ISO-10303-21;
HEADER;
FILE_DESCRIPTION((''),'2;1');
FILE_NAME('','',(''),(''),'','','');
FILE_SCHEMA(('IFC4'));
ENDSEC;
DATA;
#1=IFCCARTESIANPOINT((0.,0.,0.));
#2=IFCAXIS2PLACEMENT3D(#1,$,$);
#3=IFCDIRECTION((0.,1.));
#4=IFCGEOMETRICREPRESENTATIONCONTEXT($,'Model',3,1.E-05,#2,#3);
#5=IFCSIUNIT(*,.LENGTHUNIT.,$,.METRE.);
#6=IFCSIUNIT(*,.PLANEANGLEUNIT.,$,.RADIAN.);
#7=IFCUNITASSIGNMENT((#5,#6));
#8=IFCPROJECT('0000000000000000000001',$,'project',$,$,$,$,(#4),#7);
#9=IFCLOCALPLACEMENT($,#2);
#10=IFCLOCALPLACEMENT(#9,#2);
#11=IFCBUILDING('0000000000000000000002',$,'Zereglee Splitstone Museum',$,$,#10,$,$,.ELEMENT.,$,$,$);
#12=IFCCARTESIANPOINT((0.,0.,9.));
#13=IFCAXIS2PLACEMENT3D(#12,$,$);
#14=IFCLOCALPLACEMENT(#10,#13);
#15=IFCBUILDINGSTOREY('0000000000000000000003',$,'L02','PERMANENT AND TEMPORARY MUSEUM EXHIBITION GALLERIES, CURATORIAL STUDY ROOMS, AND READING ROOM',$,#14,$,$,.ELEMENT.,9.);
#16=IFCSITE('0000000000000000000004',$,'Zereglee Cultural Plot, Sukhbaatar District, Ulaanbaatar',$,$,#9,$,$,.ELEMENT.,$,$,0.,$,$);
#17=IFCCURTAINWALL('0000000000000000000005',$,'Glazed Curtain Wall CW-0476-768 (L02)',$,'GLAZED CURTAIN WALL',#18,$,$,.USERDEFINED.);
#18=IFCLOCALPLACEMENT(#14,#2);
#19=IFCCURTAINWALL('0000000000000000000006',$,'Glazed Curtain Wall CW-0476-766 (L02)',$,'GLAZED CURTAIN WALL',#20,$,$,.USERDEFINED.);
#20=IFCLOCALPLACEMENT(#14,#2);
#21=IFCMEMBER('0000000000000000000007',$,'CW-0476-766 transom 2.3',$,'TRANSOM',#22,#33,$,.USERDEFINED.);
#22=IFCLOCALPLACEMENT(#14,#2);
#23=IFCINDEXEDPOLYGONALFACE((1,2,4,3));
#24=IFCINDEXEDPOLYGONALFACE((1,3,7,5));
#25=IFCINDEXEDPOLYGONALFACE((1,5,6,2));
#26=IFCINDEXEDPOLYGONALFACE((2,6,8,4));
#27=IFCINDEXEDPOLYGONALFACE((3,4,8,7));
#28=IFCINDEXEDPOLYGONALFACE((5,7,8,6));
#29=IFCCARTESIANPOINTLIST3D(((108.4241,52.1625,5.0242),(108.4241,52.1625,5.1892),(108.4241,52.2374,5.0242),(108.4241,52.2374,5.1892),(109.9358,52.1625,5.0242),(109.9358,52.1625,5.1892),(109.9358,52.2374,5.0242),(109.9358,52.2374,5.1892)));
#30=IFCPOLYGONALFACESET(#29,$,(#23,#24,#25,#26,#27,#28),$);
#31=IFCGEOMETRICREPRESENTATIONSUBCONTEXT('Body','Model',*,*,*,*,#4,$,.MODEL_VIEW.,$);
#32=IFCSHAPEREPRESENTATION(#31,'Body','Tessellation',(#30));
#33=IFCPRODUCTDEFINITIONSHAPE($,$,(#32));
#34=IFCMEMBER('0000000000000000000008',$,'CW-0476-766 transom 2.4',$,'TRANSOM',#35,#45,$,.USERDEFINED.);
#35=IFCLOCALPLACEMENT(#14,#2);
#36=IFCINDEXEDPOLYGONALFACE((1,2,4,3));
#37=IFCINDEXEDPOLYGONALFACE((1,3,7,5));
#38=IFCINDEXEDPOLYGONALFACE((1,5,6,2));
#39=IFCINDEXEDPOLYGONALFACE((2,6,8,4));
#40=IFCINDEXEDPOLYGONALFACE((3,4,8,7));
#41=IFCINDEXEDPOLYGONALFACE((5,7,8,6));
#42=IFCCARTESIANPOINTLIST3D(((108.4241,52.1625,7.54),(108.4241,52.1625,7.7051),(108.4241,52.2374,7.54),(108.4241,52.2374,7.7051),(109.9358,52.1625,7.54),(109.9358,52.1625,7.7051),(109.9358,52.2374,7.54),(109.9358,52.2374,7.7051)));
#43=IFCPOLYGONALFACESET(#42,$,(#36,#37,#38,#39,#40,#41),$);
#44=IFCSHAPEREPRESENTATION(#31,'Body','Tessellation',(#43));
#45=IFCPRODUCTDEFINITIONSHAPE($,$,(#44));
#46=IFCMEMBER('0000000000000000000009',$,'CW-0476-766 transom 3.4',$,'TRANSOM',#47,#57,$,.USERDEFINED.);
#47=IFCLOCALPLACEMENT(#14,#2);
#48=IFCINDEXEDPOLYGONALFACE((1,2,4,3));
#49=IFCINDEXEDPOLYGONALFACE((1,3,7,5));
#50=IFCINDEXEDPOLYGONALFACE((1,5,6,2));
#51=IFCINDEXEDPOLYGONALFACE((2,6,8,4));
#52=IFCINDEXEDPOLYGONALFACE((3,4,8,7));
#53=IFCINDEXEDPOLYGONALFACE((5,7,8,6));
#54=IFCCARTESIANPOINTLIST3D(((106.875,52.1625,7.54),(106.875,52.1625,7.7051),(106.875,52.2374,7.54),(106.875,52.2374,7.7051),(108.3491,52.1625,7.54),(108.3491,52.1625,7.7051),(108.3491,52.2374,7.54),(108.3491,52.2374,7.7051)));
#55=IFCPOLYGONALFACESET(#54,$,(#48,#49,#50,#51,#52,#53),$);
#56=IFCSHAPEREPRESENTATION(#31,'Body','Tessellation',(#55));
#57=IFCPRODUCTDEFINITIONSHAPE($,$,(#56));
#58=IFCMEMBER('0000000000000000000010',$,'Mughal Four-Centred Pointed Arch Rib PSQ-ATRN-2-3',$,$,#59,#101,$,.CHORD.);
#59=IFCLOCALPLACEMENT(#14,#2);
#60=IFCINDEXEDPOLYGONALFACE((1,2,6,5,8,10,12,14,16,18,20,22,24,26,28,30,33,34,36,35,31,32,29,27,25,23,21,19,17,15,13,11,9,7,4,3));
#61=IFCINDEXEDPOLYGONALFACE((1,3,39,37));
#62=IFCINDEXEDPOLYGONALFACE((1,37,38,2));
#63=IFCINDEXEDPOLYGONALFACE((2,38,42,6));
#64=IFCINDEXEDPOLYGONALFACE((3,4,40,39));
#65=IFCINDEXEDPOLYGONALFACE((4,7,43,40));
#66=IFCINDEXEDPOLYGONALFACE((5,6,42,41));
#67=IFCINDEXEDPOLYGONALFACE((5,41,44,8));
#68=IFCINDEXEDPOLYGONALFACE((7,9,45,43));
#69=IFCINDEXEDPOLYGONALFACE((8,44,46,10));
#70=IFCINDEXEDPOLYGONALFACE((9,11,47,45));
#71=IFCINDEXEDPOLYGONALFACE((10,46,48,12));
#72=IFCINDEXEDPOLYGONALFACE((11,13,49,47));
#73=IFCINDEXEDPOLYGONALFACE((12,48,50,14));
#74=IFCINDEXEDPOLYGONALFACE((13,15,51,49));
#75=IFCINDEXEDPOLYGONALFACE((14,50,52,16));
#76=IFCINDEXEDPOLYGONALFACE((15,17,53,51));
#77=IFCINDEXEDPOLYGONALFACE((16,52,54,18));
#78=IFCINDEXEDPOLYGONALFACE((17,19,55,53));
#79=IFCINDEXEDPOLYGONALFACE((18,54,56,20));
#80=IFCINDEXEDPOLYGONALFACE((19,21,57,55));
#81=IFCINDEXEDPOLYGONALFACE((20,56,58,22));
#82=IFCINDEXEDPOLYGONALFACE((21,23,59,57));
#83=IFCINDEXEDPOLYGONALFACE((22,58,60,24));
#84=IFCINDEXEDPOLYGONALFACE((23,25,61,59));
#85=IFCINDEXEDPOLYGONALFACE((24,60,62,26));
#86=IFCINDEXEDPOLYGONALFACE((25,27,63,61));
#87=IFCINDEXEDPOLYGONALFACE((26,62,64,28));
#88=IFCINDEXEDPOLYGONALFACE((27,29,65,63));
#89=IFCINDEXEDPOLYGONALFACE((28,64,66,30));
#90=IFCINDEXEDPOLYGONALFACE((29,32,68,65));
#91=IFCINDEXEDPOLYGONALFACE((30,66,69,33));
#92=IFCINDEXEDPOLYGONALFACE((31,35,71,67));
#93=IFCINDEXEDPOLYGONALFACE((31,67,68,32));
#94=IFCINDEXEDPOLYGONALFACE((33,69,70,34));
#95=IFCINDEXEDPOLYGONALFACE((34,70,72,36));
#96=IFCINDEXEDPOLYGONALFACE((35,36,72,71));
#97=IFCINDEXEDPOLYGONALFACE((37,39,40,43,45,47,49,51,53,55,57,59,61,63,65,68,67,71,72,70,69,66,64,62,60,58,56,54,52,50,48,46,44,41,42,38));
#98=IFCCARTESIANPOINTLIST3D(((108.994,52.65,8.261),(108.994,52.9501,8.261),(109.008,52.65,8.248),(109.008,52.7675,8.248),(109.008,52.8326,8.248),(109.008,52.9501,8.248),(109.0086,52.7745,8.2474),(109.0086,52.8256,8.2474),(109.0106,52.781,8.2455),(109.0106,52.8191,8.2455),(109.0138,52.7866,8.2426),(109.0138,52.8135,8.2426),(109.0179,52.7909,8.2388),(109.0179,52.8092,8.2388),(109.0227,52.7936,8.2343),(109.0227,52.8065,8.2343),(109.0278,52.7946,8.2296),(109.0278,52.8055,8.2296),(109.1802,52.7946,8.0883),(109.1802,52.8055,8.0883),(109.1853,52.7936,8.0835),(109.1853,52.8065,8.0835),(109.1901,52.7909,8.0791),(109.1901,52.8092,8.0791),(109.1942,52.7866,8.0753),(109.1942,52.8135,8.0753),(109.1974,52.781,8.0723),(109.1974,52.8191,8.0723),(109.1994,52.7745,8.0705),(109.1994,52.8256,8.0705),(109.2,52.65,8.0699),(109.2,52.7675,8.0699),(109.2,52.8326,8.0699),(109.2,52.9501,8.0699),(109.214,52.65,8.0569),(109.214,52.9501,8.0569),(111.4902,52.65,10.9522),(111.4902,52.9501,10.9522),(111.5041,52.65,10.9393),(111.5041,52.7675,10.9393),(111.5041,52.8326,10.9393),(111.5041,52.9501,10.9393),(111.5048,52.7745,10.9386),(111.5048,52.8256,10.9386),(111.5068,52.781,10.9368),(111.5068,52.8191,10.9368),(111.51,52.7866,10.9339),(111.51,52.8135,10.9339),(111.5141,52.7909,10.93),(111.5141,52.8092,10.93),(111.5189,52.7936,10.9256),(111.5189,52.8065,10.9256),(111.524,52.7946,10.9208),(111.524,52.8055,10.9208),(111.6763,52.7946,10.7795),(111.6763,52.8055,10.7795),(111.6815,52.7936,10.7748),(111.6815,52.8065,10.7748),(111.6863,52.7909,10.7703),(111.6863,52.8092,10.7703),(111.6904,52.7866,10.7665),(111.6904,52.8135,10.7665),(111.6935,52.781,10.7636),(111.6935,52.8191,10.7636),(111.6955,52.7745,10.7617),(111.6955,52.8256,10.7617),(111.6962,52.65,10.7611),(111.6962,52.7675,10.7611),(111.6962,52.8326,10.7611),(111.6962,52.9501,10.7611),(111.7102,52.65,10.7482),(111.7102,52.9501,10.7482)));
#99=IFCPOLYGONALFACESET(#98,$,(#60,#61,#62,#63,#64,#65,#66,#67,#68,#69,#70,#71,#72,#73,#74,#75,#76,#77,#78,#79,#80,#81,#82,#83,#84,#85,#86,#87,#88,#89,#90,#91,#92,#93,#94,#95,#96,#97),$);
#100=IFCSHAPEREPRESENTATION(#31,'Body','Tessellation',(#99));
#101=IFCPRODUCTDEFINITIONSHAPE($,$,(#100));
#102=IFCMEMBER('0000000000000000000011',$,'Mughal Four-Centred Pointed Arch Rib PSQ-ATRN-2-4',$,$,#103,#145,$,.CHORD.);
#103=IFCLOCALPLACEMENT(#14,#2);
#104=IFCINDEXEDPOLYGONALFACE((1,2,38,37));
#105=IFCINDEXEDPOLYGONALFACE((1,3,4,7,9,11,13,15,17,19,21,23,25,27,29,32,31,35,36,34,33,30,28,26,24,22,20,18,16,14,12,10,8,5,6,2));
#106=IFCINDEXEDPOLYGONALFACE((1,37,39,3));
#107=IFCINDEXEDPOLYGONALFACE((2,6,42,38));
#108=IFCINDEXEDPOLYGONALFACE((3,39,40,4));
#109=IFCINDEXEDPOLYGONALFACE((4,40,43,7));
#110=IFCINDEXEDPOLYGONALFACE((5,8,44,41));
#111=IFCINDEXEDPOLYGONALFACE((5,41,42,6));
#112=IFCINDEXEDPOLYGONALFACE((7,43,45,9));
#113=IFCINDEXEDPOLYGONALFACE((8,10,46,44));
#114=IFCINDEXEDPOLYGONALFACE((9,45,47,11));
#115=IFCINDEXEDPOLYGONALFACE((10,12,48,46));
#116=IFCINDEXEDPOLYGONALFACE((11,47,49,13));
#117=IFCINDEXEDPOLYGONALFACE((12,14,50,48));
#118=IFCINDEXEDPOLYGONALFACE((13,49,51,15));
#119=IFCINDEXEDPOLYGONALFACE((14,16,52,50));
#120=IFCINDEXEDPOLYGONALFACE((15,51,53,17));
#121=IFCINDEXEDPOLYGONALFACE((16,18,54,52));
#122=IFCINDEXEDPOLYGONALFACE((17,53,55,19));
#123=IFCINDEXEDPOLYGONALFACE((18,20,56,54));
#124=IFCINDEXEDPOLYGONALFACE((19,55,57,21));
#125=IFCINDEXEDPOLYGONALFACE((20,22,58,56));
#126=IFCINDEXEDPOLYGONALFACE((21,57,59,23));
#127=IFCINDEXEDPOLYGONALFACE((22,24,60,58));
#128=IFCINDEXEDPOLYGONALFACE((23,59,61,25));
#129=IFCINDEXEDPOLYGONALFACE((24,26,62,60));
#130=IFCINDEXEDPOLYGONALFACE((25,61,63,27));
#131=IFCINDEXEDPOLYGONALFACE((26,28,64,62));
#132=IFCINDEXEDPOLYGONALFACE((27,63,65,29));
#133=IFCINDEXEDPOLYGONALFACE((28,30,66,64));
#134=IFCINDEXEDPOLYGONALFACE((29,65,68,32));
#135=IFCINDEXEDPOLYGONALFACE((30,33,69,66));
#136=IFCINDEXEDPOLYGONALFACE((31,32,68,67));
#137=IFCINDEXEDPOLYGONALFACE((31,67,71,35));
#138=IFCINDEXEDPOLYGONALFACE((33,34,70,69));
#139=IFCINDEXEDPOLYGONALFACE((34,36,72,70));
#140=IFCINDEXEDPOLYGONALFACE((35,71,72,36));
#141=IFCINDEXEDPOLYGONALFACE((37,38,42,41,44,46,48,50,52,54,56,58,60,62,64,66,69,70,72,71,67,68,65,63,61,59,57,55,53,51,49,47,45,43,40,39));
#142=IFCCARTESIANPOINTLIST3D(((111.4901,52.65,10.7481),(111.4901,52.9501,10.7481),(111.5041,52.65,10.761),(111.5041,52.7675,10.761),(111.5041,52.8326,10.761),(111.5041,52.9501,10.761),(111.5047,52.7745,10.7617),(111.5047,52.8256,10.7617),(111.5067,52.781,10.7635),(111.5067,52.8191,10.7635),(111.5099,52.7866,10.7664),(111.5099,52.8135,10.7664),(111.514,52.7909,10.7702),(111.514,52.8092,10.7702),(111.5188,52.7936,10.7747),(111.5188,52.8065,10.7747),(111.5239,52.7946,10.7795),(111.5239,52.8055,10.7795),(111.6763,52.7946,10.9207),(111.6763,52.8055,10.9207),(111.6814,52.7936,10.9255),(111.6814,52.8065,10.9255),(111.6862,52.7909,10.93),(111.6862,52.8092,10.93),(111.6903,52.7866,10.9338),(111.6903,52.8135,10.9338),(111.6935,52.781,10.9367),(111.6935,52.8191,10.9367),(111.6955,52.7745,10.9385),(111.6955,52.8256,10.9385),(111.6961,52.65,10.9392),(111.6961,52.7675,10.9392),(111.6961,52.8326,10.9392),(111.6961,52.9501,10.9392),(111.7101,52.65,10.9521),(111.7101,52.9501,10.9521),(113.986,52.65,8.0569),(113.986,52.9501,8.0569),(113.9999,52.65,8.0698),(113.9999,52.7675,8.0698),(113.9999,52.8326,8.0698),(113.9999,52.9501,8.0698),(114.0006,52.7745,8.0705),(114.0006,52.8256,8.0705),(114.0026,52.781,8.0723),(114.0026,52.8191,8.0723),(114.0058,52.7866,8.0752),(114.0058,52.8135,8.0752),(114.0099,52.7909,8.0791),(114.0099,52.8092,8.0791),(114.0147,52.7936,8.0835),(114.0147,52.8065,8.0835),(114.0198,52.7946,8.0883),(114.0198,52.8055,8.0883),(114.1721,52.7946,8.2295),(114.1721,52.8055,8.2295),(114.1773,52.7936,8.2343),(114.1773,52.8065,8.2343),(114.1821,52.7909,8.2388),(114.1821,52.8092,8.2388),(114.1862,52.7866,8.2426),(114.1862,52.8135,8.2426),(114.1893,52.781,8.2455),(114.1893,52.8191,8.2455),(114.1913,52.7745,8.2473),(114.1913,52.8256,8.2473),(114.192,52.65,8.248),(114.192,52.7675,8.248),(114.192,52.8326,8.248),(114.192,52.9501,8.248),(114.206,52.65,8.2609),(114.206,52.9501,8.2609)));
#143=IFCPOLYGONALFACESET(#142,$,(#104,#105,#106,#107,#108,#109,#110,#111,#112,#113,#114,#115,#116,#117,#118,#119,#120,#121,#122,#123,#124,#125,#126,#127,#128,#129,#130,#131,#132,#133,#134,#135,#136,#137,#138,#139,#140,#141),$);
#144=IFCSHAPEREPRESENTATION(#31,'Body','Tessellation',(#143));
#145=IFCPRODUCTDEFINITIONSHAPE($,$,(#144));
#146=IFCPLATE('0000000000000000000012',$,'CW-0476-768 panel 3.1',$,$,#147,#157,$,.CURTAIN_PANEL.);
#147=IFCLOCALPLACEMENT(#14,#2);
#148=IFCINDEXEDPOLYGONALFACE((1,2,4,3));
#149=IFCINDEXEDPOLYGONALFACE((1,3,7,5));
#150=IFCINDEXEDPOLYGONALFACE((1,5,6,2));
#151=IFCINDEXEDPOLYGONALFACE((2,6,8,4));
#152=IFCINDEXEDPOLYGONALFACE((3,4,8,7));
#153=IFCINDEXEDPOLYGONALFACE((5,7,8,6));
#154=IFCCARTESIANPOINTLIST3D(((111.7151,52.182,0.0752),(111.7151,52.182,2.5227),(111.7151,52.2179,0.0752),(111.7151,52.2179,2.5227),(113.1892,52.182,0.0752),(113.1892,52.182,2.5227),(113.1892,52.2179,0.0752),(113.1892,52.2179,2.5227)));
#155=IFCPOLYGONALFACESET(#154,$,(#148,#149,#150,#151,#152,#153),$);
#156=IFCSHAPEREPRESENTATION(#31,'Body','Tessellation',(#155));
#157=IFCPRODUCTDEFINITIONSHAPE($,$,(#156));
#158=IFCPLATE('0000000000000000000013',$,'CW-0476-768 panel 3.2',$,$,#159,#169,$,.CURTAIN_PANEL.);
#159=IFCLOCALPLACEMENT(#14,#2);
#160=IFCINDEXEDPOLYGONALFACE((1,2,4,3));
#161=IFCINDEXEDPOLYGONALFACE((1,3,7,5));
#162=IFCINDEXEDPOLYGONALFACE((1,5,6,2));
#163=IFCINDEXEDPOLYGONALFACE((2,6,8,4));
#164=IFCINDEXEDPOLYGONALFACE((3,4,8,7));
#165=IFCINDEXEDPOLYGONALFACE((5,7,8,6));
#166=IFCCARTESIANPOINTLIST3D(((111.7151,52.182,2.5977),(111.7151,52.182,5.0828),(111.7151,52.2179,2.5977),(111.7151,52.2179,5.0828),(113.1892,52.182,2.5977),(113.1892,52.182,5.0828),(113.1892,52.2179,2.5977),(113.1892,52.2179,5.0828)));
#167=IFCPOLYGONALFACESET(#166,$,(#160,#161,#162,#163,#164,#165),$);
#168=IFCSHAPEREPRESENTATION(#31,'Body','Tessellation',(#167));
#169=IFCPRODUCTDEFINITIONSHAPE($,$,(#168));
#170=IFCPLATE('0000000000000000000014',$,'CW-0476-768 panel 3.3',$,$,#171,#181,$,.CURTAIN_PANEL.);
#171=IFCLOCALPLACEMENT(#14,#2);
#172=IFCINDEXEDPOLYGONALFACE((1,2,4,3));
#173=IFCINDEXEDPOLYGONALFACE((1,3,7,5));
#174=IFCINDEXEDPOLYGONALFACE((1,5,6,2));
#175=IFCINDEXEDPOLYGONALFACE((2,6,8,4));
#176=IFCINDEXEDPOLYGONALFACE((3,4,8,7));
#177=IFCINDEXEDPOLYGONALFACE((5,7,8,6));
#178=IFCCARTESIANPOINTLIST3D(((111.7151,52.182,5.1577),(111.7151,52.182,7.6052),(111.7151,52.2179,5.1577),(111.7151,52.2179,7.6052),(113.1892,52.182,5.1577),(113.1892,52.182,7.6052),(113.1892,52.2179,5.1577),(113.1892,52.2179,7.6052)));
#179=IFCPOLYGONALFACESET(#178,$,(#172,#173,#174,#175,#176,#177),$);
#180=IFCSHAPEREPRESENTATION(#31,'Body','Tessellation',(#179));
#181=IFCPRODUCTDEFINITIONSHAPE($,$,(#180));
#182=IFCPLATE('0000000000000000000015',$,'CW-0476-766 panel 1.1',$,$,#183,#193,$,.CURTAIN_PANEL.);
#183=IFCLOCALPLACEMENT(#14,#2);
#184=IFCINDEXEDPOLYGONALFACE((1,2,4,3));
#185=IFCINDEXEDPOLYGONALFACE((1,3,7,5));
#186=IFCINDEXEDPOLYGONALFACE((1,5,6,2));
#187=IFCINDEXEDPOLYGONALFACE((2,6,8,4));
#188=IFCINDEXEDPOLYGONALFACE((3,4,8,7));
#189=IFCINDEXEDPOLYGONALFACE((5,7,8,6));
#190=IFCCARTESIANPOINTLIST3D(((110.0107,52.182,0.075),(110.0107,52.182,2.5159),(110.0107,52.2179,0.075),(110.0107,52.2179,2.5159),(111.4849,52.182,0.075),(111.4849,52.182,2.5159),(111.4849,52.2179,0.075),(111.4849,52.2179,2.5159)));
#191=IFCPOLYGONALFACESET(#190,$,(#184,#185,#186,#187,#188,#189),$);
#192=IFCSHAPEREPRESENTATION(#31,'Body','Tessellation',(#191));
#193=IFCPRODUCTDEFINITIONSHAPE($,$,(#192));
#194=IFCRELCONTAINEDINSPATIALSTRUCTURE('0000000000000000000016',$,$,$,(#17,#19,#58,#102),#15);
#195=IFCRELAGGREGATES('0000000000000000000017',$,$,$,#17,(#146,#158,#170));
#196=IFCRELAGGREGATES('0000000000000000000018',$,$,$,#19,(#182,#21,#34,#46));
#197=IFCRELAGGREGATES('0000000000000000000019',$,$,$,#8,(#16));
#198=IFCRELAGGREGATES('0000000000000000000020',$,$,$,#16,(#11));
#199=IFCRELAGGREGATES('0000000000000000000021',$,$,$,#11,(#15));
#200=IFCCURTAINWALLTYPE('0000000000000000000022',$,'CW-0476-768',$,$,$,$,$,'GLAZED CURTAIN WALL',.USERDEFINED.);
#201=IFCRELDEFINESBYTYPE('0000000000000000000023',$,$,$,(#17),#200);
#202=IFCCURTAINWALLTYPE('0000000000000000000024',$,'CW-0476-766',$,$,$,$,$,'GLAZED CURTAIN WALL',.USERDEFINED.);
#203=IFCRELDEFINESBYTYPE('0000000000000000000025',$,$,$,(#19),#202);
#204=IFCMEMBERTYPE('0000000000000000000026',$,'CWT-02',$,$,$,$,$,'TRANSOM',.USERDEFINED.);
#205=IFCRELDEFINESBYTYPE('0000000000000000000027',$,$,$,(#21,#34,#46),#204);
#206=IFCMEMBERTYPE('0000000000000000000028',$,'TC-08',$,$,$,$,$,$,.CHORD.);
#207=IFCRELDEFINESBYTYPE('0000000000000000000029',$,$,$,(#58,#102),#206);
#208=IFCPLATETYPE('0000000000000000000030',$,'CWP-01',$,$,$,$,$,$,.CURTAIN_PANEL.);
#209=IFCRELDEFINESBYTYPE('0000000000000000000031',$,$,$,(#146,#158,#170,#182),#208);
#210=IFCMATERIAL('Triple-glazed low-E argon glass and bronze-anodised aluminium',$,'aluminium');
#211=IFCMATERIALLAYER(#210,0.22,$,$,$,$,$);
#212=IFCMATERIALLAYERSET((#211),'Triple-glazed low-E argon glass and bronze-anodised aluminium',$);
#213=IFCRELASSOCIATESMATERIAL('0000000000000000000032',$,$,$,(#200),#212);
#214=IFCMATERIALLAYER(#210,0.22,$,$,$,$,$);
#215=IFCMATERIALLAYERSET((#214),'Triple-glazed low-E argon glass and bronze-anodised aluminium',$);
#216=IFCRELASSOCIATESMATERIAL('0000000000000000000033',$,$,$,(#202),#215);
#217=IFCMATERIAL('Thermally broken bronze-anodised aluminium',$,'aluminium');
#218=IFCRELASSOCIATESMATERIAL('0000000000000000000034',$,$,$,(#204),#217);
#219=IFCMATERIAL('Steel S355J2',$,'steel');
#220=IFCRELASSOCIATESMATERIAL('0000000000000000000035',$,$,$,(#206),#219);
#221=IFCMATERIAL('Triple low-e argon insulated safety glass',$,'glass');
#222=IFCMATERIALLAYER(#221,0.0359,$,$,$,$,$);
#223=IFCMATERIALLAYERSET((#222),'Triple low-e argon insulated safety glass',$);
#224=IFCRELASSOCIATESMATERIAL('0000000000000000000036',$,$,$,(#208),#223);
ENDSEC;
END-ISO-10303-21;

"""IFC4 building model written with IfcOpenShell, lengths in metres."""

from ifc_helpers import new_model, si_unit, direction, frame, origin, origin_2d, place, context, subcontext, project, spatial, rectangle, i_section, extrude, material, layer, layer_set, material_profile, profile_set, type_object, element, aggregate, save


model = new_model("IFC4")

# Units and contexts
model_context = context("Model", 3, precision=1e-05, world=origin(), true_north=direction((0.0, 1.0)))
body_context = subcontext(model_context, "Body", "Model", "MODEL_VIEW")
ifc_project = project(units=[si_unit("LENGTHUNIT", "METRE"), si_unit("PLANEANGLEUNIT", "RADIAN")], contexts=[model_context])

# Site, building, storey
site_placement = place(None, origin())
site = spatial("IfcSite", under=ifc_project, at=site_placement, Name="Zereglee Cultural Plot, Sukhbaatar District, Ulaanbaatar", CompositionType="ELEMENT", RefElevation=0.0)
building_placement = place(site_placement, origin())
building = spatial("IfcBuilding", under=site, at=building_placement, Name="Zereglee Splitstone Museum", CompositionType="ELEMENT")
storey_placement = place(building_placement, frame((0.0, 0.0, 9.0)))
storey = spatial("IfcBuildingStorey", under=building, at=storey_placement, Name="L02", Description="PERMANENT AND TEMPORARY MUSEUM EXHIBITION GALLERIES, CURATORIAL STUDY ROOMS, AND READING ROOM", CompositionType="ELEMENT", Elevation=9.0)

# Curtain walls
ifc_material_1 = material(Name="Triple-glazed low-E argon glass and bronze-anodised aluminium", Category="aluminium")
ifc_layer_1 = layer(ifc_material_1, 0.22)
ifc_layer_set_1 = layer_set([ifc_layer_1], Name="Triple-glazed low-E argon glass and bronze-anodised aluminium")
curtain_wall_type_1 = type_object("IfcCurtainWallType", Name="CW-0476-768", ElementType="GLAZED CURTAIN WALL", PredefinedType="USERDEFINED", material=ifc_layer_set_1)
curtain_wall_1_placement = place(storey_placement, origin())
curtain_wall_1 = element("IfcCurtainWall", 1, at=curtain_wall_1_placement, inside=storey, type_object=curtain_wall_type_1, Name="Glazed Curtain Wall CW-0476-768 (L02)", ObjectType="GLAZED CURTAIN WALL", PredefinedType="USERDEFINED")
ifc_material_2 = material(Name="Thermally broken bronze-anodised aluminium", Category="aluminium")
ifc_layer_2 = layer(ifc_material_1, 0.22)
ifc_layer_set_2 = layer_set([ifc_layer_2], Name="Triple-glazed low-E argon glass and bronze-anodised aluminium")
curtain_wall_type_2 = type_object("IfcCurtainWallType", Name="CW-0476-766", ElementType="GLAZED CURTAIN WALL", PredefinedType="USERDEFINED", material=ifc_layer_set_2)
curtain_wall_2_placement = place(storey_placement, origin())
curtain_wall_2 = element("IfcCurtainWall", 2, at=curtain_wall_2_placement, inside=storey, type_object=curtain_wall_type_2, Name="Glazed Curtain Wall CW-0476-766 (L02)", ObjectType="GLAZED CURTAIN WALL", PredefinedType="USERDEFINED")

# Members
ifc_material_profile_1 = material_profile(ifc_material_2, rectangle(XDim=0.075, YDim=0.165, at=origin_2d()), Name="CW TRAN 75x165")
ifc_profile_set_1 = profile_set([ifc_material_profile_1], Name="Thermally broken bronze-anodised aluminium")
member_type_1 = type_object("IfcMemberType", Name="CWT-02", ElementType="TRANSOM", PredefinedType="USERDEFINED", material=ifc_profile_set_1)
member_1_placement = place(storey_placement, frame((109.9358, 52.2, 5.1067), z_axis=(-1.0, 0.0, 0.0), x_axis=(0.0, -1.0, 0.0)))
member_1 = element("IfcMember", 3, at=member_1_placement, type_object=member_type_1, Name="CW-0476-766 transom 2.3", ObjectType="TRANSOM", PredefinedType="USERDEFINED", context=body_context, shape_type="SweptSolid", body=[
    extrude(rectangle(XDim=0.075, YDim=0.165, at=origin_2d()), origin(), (0.0, 0.0, 1.0), 1.5117),
])
member_2_placement = place(storey_placement, frame((109.9358, 52.2, 7.6226), z_axis=(-1.0, 0.0, 0.0), x_axis=(0.0, -1.0, 0.0)))
member_2 = element("IfcMember", 4, at=member_2_placement, type_object=member_type_1, Name="CW-0476-766 transom 2.4", ObjectType="TRANSOM", PredefinedType="USERDEFINED", context=body_context, shape_type="SweptSolid", body=[
    extrude(rectangle(XDim=0.075, YDim=0.165, at=origin_2d()), origin(), (0.0, 0.0, 1.0), 1.5117),
])
member_3_placement = place(storey_placement, frame((108.3491, 52.2, 7.6226), z_axis=(-1.0, 0.0, 0.0), x_axis=(0.0, -1.0, 0.0)))
member_3 = element("IfcMember", 5, at=member_3_placement, type_object=member_type_1, Name="CW-0476-766 transom 3.4", ObjectType="TRANSOM", PredefinedType="USERDEFINED", context=body_context, shape_type="SweptSolid", body=[
    extrude(rectangle(XDim=0.075, YDim=0.165, at=origin_2d()), origin(), (0.0, 0.0, 1.0), 1.4741),
])

# Members
ifc_material_3 = material(Name="Steel S355J2", Category="steel")
ifc_material_profile_2 = material_profile(ifc_material_3, i_section(OverallWidth=0.3, OverallDepth=0.3, WebThickness=0.011, FlangeThickness=0.019, FilletRadius=0.0271, at=origin_2d()), Name="HE 300 B")
ifc_profile_set_2 = profile_set([ifc_material_profile_2], Name="Steel S355J2")
member_type_2 = type_object("IfcMemberType", Name="TC-08", PredefinedType="CHORD", material=ifc_profile_set_2)
member_4_placement = place(storey_placement, frame((109.104, 52.8, 8.1589), z_axis=(0.680035, 0.0, 0.73318), x_axis=(0.0, 1.0, 0.0)))
element("IfcMember", 6, at=member_4_placement, inside=storey, type_object=member_type_2, Name="Mughal Four-Centred Pointed Arch Rib PSQ-ATRN-2-3", PredefinedType="CHORD", context=body_context, shape_type="SweptSolid", body=[
    extrude(i_section(OverallWidth=0.3, OverallDepth=0.3, WebThickness=0.011, FlangeThickness=0.019, FilletRadius=0.0271, at=origin_2d()), origin(), (0.0, 0.0, 1.0), 3.6707),
])
member_5_placement = place(storey_placement, frame((111.6001, 52.8, 10.8501), z_axis=(0.679999, 0.0, -0.733213), x_axis=(0.0, 1.0, 0.0)))
element("IfcMember", 7, at=member_5_placement, inside=storey, type_object=member_type_2, Name="Mughal Four-Centred Pointed Arch Rib PSQ-ATRN-2-4", PredefinedType="CHORD", context=body_context, shape_type="SweptSolid", body=[
    extrude(i_section(OverallWidth=0.3, OverallDepth=0.3, WebThickness=0.011, FlangeThickness=0.019, FilletRadius=0.0271, at=origin_2d()), origin(), (0.0, 0.0, 1.0), 3.6704),
])

# Plates
ifc_material_4 = material(Name="Triple low-e argon insulated safety glass", Category="glass")
ifc_layer_3 = layer(ifc_material_4, 0.0359)
ifc_layer_set_3 = layer_set([ifc_layer_3], Name="Triple low-e argon insulated safety glass")
plate_type = type_object("IfcPlateType", Name="CWP-01", PredefinedType="CURTAIN_PANEL", material=ifc_layer_set_3)
plate_1_placement = place(storey_placement, frame((112.4521, 52.2, 0.0752), z_axis=(0.0, 0.0, 1.0), x_axis=(-1.0, 0.0, 0.0)))
plate_1 = element("IfcPlate", 8, at=plate_1_placement, type_object=plate_type, Name="CW-0476-768 panel 3.1", PredefinedType="CURTAIN_PANEL", context=body_context, shape_type="SweptSolid", body=[
    extrude(rectangle(XDim=1.4741, YDim=0.0359, at=origin_2d()), origin(), (0.0, 0.0, 1.0), 2.4475),
])
plate_2_placement = place(storey_placement, frame((112.4521, 52.2, 2.5977), z_axis=(0.0, 0.0, 1.0), x_axis=(-1.0, 0.0, 0.0)))
plate_2 = element("IfcPlate", 9, at=plate_2_placement, type_object=plate_type, Name="CW-0476-768 panel 3.2", PredefinedType="CURTAIN_PANEL", context=body_context, shape_type="SweptSolid", body=[
    extrude(rectangle(XDim=1.4741, YDim=0.0359, at=origin_2d()), origin(), (0.0, 0.0, 1.0), 2.4851),
])
plate_3_placement = place(storey_placement, frame((112.4521, 52.2, 5.1577), z_axis=(0.0, 0.0, 1.0), x_axis=(-1.0, 0.0, 0.0)))
plate_3 = element("IfcPlate", 10, at=plate_3_placement, type_object=plate_type, Name="CW-0476-768 panel 3.3", PredefinedType="CURTAIN_PANEL", context=body_context, shape_type="SweptSolid", body=[
    extrude(rectangle(XDim=1.4741, YDim=0.0359, at=origin_2d()), origin(), (0.0, 0.0, 1.0), 2.4475),
])
aggregate(curtain_wall_1, [plate_1, plate_2, plate_3])
plate_4_placement = place(storey_placement, frame((110.7478, 52.2, 0.075), z_axis=(0.0, 0.0, 1.0), x_axis=(-1.0, 0.0, 0.0)))
plate_4 = element("IfcPlate", 11, at=plate_4_placement, type_object=plate_type, Name="CW-0476-766 panel 1.1", PredefinedType="CURTAIN_PANEL", context=body_context, shape_type="SweptSolid", body=[
    extrude(rectangle(XDim=1.4741, YDim=0.0359, at=origin_2d()), origin(), (0.0, 0.0, 1.0), 2.4409),
])
aggregate(curtain_wall_2, [plate_4, member_1, member_2, member_3])

save(model, "model.ifc")
